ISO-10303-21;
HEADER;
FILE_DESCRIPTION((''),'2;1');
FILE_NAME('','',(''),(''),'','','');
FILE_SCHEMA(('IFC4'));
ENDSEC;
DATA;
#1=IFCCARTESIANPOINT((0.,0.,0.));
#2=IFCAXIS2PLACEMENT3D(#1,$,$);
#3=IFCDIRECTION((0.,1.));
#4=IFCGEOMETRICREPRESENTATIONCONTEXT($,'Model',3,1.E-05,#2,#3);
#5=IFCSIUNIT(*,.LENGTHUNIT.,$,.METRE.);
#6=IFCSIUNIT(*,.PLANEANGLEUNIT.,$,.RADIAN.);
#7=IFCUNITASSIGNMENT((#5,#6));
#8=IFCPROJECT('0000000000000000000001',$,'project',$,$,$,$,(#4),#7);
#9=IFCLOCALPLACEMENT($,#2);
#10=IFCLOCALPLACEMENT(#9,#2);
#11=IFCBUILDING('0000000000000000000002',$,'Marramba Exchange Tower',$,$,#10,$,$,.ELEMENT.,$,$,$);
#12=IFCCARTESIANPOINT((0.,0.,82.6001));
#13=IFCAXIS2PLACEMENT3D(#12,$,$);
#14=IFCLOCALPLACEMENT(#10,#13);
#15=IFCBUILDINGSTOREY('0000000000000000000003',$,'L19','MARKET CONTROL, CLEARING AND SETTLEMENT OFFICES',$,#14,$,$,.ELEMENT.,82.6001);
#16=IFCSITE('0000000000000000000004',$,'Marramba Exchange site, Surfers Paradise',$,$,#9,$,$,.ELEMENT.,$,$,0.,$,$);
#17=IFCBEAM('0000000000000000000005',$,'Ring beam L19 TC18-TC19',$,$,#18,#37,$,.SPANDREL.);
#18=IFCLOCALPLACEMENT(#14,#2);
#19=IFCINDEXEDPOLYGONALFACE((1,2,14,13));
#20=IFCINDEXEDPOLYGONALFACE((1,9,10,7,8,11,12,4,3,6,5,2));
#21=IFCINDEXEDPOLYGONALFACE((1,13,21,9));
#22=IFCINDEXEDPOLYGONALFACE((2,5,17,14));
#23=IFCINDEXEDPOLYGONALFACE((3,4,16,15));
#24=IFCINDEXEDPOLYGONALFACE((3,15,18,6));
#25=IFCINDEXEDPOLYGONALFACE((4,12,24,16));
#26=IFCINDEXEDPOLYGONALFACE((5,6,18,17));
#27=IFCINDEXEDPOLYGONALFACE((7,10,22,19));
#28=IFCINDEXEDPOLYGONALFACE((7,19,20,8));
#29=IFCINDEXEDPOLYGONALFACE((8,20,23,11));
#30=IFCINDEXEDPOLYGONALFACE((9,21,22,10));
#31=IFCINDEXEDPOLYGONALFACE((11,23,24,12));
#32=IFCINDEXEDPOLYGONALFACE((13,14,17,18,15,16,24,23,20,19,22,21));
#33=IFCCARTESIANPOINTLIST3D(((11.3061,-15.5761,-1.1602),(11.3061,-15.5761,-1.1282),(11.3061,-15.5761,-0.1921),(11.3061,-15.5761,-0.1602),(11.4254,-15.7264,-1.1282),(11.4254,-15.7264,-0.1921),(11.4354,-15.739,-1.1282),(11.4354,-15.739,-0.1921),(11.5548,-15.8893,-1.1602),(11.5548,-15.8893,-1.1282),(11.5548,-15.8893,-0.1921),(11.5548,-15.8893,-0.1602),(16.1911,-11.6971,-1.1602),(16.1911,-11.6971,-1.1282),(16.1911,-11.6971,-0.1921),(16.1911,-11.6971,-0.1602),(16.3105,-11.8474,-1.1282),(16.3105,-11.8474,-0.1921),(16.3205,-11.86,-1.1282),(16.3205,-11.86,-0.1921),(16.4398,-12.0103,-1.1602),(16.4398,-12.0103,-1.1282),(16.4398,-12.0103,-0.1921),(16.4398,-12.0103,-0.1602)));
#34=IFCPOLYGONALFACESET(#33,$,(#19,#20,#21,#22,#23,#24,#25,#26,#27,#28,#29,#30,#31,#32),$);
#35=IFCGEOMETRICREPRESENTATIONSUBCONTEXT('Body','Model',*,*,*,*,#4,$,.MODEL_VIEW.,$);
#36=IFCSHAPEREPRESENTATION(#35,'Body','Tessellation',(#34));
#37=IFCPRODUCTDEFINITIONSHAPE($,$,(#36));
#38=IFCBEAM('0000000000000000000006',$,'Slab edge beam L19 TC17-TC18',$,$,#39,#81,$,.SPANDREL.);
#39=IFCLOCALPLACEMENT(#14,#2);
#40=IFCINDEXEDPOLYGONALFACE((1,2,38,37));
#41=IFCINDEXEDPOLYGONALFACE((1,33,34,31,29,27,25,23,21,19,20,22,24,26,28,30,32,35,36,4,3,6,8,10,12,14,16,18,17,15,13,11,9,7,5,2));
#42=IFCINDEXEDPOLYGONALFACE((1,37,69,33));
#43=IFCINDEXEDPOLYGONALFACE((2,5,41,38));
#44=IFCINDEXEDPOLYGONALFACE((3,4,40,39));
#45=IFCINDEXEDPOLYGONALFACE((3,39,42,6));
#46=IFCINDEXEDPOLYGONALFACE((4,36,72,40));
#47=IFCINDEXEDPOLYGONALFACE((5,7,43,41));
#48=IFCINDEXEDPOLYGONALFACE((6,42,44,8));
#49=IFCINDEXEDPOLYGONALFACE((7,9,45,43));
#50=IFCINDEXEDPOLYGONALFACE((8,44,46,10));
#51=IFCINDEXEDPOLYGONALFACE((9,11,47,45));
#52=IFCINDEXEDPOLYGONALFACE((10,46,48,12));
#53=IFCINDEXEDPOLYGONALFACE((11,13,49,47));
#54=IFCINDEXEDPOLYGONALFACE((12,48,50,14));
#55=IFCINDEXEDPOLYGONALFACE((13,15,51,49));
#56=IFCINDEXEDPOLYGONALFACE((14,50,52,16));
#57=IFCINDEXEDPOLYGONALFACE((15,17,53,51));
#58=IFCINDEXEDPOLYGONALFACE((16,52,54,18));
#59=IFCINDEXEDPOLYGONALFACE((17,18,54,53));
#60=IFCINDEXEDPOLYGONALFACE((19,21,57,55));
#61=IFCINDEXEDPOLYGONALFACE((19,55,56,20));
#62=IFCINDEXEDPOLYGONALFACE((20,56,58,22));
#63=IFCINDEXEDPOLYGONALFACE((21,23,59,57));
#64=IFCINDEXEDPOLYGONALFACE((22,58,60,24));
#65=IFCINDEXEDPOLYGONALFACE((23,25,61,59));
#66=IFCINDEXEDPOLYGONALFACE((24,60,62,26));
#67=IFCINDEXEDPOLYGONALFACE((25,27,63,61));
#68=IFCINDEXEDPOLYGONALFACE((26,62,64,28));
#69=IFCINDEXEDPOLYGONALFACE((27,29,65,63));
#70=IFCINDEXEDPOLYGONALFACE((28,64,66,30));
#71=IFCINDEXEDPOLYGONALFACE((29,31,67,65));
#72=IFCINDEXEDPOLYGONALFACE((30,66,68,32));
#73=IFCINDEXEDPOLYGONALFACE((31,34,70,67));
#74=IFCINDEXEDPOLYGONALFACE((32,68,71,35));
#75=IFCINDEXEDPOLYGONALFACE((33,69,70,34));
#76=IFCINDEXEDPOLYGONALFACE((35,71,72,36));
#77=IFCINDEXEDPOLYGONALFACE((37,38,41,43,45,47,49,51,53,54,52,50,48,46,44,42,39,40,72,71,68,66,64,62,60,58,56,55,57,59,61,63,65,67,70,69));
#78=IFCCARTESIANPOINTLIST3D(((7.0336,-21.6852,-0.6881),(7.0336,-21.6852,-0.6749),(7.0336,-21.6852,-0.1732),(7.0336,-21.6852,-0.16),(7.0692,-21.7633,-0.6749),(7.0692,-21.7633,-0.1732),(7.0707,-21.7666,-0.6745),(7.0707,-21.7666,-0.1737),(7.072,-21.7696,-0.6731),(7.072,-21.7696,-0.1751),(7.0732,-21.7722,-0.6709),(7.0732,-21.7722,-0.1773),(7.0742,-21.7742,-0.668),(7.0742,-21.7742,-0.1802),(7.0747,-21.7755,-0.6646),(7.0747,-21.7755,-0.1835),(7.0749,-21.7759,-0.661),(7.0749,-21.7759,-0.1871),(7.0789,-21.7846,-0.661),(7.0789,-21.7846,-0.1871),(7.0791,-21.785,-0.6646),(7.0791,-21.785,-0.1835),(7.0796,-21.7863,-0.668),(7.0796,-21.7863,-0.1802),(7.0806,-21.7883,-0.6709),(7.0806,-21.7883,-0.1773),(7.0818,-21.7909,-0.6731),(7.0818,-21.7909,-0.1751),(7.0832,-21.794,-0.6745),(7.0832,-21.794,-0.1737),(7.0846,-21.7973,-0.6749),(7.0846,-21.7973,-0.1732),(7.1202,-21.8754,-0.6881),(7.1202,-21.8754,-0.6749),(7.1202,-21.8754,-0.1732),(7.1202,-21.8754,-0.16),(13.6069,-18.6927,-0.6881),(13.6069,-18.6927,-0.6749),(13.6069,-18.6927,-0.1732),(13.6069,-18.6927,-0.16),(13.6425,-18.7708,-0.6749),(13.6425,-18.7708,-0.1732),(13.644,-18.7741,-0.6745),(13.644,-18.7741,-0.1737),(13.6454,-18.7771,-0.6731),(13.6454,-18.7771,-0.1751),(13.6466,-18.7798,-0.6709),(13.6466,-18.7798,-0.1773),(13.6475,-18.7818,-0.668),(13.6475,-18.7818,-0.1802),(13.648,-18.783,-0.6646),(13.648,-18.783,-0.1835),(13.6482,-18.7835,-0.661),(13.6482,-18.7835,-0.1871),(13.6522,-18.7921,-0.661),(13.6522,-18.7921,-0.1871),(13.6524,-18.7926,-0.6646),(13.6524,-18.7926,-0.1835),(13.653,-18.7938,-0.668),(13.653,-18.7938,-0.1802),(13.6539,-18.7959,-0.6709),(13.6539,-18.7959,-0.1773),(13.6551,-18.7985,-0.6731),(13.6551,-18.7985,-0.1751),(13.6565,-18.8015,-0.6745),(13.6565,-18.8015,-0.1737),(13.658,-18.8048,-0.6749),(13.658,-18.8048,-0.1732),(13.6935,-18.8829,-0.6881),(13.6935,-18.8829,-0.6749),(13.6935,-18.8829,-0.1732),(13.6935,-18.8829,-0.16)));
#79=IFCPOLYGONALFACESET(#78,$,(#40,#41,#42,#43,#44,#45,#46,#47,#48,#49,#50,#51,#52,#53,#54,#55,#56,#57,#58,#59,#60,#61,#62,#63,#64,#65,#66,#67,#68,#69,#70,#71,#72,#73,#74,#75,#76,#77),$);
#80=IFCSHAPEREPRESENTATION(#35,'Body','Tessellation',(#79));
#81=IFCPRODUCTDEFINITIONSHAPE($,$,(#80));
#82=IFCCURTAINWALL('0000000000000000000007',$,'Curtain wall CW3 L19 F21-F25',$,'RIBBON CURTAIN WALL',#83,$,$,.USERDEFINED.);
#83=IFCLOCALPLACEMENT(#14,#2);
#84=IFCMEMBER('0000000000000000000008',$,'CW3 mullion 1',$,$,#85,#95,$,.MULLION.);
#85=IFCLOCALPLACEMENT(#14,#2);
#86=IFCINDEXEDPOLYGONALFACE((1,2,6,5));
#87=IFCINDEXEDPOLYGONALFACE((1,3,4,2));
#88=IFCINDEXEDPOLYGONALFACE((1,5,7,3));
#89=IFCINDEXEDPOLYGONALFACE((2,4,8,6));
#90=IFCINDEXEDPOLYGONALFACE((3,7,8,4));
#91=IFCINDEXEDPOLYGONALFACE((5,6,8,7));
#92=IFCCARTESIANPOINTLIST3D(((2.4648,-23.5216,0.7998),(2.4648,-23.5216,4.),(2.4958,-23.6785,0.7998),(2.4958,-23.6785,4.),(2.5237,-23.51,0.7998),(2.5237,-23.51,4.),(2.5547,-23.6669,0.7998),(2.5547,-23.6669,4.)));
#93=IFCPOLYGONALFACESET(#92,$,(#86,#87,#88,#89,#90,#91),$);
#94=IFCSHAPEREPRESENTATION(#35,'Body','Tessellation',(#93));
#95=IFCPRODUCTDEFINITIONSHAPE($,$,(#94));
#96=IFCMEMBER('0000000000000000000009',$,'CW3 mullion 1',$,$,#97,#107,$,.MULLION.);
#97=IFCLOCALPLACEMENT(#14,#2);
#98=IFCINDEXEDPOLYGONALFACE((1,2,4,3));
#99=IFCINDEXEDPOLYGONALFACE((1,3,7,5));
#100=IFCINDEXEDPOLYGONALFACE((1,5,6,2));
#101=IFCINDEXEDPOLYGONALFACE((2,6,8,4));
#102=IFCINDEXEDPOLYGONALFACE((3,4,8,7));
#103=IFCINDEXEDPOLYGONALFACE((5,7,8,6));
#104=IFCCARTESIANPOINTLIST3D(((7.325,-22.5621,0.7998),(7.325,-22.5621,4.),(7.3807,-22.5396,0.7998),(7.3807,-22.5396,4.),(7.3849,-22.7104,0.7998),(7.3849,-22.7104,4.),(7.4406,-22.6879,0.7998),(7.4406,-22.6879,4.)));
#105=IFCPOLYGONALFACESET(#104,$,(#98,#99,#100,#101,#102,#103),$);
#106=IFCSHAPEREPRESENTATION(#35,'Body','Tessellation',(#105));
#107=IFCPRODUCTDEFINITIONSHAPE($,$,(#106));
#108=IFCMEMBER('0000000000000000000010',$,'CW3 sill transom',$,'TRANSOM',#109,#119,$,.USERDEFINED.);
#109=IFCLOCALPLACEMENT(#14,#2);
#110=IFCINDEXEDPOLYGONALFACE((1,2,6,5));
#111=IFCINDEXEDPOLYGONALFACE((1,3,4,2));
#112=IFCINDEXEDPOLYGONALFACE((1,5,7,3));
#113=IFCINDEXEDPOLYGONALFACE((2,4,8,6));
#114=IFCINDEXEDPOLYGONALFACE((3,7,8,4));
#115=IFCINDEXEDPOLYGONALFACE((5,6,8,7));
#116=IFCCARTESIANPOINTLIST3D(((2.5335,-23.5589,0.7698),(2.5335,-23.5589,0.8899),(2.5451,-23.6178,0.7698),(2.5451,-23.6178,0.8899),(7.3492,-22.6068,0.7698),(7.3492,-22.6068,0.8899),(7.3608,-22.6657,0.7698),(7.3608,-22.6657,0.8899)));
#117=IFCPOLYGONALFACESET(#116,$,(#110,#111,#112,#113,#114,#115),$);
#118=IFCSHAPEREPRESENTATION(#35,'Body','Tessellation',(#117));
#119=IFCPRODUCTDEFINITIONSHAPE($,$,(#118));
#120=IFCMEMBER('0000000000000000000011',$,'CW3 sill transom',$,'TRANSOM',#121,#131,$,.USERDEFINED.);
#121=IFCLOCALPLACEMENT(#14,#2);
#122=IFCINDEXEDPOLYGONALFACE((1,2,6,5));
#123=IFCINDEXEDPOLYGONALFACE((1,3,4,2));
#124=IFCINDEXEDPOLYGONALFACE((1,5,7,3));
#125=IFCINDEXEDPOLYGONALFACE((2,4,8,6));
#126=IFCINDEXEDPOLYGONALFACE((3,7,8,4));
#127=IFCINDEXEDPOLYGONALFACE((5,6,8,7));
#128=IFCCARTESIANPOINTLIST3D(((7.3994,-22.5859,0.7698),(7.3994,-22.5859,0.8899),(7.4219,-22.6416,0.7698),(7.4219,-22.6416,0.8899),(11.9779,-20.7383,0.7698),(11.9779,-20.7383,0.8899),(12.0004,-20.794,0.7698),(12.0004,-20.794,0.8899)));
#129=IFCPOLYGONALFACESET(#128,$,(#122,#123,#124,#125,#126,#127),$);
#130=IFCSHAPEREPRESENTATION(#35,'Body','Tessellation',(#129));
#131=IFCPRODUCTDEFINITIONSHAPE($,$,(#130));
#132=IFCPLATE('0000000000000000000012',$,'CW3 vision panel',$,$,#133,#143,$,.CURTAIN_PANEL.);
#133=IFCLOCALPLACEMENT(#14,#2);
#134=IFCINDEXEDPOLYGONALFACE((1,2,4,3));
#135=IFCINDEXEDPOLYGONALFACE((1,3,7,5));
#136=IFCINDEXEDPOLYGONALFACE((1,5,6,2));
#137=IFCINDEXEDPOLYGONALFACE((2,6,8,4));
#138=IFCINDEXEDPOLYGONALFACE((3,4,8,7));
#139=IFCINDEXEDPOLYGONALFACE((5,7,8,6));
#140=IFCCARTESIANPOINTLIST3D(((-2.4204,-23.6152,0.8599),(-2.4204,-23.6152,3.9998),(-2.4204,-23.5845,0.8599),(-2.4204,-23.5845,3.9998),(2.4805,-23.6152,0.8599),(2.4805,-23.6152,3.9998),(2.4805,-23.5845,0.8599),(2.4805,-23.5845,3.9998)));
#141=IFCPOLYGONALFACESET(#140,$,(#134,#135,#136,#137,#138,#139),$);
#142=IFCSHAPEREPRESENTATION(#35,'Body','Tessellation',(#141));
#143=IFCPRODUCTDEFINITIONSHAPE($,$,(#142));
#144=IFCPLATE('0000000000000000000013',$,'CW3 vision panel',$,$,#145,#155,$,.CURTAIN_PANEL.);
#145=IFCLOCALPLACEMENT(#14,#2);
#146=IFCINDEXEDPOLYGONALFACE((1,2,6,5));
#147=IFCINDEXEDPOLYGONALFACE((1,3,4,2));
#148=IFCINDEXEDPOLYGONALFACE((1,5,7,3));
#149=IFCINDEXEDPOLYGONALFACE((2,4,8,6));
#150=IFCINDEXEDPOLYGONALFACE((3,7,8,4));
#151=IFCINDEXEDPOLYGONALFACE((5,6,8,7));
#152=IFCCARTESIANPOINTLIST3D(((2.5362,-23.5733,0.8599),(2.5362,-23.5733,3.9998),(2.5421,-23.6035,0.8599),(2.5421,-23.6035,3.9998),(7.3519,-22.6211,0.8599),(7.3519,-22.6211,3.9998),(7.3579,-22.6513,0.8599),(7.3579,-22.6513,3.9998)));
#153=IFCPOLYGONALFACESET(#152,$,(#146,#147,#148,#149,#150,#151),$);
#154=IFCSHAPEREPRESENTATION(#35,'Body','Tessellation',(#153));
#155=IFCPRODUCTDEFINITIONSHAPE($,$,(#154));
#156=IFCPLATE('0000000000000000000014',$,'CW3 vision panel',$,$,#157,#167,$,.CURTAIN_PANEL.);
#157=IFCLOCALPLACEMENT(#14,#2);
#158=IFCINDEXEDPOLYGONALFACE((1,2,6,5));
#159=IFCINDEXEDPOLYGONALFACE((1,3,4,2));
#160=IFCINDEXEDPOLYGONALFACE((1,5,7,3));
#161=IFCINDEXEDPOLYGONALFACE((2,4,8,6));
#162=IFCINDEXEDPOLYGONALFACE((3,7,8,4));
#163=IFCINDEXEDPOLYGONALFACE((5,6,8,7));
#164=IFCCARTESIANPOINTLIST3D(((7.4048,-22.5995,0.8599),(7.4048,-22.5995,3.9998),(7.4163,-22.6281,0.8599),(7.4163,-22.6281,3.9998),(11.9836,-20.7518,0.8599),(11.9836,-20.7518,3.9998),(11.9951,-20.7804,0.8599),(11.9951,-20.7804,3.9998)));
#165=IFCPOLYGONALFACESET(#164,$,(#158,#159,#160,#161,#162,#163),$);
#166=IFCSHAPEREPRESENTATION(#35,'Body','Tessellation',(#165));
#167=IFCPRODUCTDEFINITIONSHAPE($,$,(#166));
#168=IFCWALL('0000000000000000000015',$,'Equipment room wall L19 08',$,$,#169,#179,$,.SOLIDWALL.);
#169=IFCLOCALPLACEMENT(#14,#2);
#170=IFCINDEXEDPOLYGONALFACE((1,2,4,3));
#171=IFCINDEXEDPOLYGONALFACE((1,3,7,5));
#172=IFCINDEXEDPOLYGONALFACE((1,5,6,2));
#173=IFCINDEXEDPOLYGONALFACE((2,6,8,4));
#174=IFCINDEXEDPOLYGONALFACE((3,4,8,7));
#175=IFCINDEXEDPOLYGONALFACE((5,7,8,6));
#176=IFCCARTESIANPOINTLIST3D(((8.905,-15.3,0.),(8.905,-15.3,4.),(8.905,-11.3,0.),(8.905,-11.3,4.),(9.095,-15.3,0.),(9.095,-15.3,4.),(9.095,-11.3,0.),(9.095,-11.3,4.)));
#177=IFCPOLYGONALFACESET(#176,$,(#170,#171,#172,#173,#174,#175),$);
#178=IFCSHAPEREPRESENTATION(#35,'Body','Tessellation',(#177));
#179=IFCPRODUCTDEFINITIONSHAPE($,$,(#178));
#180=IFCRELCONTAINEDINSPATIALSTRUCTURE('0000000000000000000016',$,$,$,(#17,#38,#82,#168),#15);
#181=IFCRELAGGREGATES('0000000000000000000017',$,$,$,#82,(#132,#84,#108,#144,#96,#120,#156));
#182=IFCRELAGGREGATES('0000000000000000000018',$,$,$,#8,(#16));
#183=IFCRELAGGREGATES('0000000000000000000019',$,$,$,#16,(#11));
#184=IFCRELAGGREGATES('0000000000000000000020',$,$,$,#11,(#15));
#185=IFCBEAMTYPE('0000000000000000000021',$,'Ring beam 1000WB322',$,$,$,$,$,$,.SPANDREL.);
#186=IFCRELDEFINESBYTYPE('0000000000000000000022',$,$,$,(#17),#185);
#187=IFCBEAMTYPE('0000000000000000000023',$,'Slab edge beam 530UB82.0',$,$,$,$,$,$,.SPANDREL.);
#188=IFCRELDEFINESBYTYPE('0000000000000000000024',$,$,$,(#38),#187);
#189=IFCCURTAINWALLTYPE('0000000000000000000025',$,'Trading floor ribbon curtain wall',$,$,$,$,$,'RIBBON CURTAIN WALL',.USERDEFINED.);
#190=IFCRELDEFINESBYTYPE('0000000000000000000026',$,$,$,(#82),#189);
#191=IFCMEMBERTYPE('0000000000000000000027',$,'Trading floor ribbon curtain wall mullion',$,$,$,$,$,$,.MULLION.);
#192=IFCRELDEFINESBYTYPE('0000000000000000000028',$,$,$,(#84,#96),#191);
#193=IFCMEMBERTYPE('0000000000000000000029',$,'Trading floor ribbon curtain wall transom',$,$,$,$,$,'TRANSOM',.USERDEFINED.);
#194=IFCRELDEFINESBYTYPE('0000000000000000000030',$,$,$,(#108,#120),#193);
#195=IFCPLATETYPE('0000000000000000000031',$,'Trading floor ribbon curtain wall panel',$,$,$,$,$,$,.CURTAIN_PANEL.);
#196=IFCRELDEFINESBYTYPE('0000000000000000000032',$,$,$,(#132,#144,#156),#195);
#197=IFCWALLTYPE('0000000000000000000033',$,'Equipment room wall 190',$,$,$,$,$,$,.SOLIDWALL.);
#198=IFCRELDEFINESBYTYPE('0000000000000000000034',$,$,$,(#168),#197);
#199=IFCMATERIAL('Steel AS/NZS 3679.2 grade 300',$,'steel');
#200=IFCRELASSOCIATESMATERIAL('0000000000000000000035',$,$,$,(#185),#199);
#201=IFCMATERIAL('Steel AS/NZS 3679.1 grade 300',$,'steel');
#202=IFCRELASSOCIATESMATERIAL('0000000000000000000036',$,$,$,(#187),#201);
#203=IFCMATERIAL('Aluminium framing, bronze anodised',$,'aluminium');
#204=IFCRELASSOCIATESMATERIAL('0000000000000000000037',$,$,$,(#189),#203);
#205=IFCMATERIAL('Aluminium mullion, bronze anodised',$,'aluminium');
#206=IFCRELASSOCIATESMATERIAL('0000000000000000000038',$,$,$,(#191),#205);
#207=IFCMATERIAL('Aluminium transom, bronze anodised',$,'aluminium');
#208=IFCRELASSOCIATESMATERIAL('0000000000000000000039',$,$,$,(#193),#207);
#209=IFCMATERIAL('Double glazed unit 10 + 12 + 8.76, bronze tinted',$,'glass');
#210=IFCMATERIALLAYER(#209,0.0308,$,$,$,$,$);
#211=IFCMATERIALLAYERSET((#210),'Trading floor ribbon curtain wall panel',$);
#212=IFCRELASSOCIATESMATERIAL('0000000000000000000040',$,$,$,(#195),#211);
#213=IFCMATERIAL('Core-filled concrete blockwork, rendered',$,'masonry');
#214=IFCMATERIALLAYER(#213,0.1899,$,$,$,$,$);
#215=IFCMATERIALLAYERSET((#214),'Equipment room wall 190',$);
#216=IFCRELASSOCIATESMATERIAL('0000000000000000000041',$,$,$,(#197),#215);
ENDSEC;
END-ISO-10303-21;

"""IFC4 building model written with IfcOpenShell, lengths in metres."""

from ifc_helpers import new_model, si_unit, direction, frame, frame_2d, origin, origin_2d, place, context, subcontext, project, spatial, rectangle, i_section, extrude, material, layer, layer_set, material_profile, profile_set, type_object, element, aggregate, save


model = new_model("IFC4")

# Units and contexts
model_context = context("Model", 3, precision=1e-05, world=origin(), true_north=direction((0.0, 1.0)))
body_context = subcontext(model_context, "Body", "Model", "MODEL_VIEW")
ifc_project = project(units=[si_unit("LENGTHUNIT", "METRE"), si_unit("PLANEANGLEUNIT", "RADIAN")], contexts=[model_context])

# Site, building, storey
site_placement = place(None, origin())
site = spatial("IfcSite", under=ifc_project, at=site_placement, Name="Marramba Exchange site, Surfers Paradise", CompositionType="ELEMENT", RefElevation=0.0)
building_placement = place(site_placement, origin())
building = spatial("IfcBuilding", under=site, at=building_placement, Name="Marramba Exchange Tower", CompositionType="ELEMENT")
storey_placement = place(building_placement, frame((0.0, 0.0, 82.6001)))
storey = spatial("IfcBuildingStorey", under=building, at=storey_placement, Name="L19", Description="MARKET CONTROL, CLEARING AND SETTLEMENT OFFICES", CompositionType="ELEMENT", Elevation=82.6001)

# Beams
ifc_material_1 = material(Name="Steel AS/NZS 3679.2 grade 300", Category="steel")
ifc_material_2 = material(Name="Steel AS/NZS 3679.1 grade 300", Category="steel")
ifc_material_profile_1 = material_profile(ifc_material_1, i_section(OverallWidth=0.3999, OverallDepth=1.0, WebThickness=0.0161, FlangeThickness=0.032, at=origin_2d()), Name="1000WB322")
ifc_profile_set_1 = profile_set([ifc_material_profile_1], Name="Steel AS/NZS 3679.2 grade 300")
beam_type_1 = type_object("IfcBeamType", Name="Ring beam 1000WB322", PredefinedType="SPANDREL", material=ifc_profile_set_1)
beam_1_placement = place(storey_placement, frame((11.4304, -15.7327, -0.6602), z_axis=(0.783139, 0.621846, 0.0), x_axis=(-0.621846, 0.783139, 0.0)))
element("IfcBeam", 1, at=beam_1_placement, inside=storey, type_object=beam_type_1, Name="Ring beam L19 TC18-TC19", PredefinedType="SPANDREL", context=body_context, shape_type="SweptSolid", body=[
    extrude(i_section(OverallWidth=0.3999, OverallDepth=1.0, WebThickness=0.0161, FlangeThickness=0.032, at=origin_2d()), origin(), (0.0, 0.0, 1.0), 6.2378),
])
ifc_material_profile_2 = material_profile(ifc_material_2, i_section(OverallWidth=0.209, OverallDepth=0.5281, WebThickness=0.0095, FlangeThickness=0.0132, FilletRadius=0.0139, at=origin_2d()), Name="530UB82.0")
ifc_profile_set_2 = profile_set([ifc_material_profile_2], Name="Steel AS/NZS 3679.1 grade 300")
beam_type_2 = type_object("IfcBeamType", Name="Slab edge beam 530UB82.0", PredefinedType="SPANDREL", material=ifc_profile_set_2)
beam_2_placement = place(storey_placement, frame((7.0769, -21.7803, -0.4241), z_axis=(0.910127, 0.41433, 0.0), x_axis=(-0.41433, 0.910127, 0.0)))
element("IfcBeam", 2, at=beam_2_placement, inside=storey, type_object=beam_type_2, Name="Slab edge beam L19 TC17-TC18", PredefinedType="SPANDREL", context=body_context, shape_type="SweptSolid", body=[
    extrude(i_section(OverallWidth=0.209, OverallDepth=0.5281, WebThickness=0.0095, FlangeThickness=0.0132, FilletRadius=0.0139, at=origin_2d()), origin(), (0.0, 0.0, 1.0), 7.2224),
])

# Curtain wall, members, plates
ifc_material_3 = material(Name="Aluminium framing, bronze anodised", Category="aluminium")
curtain_wall_type = type_object("IfcCurtainWallType", Name="Trading floor ribbon curtain wall", ElementType="RIBBON CURTAIN WALL", PredefinedType="USERDEFINED", material=ifc_material_3)
curtain_wall_placement = place(storey_placement, origin())
curtain_wall = element("IfcCurtainWall", 3, at=curtain_wall_placement, inside=storey, type_object=curtain_wall_type, Name="Curtain wall CW3 L19 F21-F25", ObjectType="RIBBON CURTAIN WALL", PredefinedType="USERDEFINED")
ifc_material_4 = material(Name="Aluminium mullion, bronze anodised", Category="aluminium")
ifc_material_profile_3 = material_profile(ifc_material_4, rectangle(XDim=0.1599, YDim=0.0601, at=origin_2d()), Name="CW3 mullion 60x160")
ifc_profile_set_3 = profile_set([ifc_material_profile_3], Name="Aluminium mullion, bronze anodised")
member_type_1 = type_object("IfcMemberType", Name="Trading floor ribbon curtain wall mullion", PredefinedType="MULLION", material=ifc_profile_set_3)
member_1_placement = place(storey_placement, frame((2.5098, -23.5942, 0.7998), z_axis=(0.0, 0.0, 1.0), x_axis=(-0.193961, 0.981009, 0.0)))
member_1 = element("IfcMember", 4, at=member_1_placement, type_object=member_type_1, Name="CW3 mullion 1", PredefinedType="MULLION", context=body_context, shape_type="SweptSolid", body=[
    extrude(rectangle(XDim=0.1599, YDim=0.0601, at=origin_2d()), origin(), (0.0, 0.0, 1.0), 3.2002),
])
member_2_placement = place(storey_placement, frame((7.3828, -22.625, 0.7998), z_axis=(0.0, 0.0, 1.0), x_axis=(-0.374218, 0.927341, 0.0)))
member_2 = element("IfcMember", 5, at=member_2_placement, type_object=member_type_1, Name="CW3 mullion 1", PredefinedType="MULLION", context=body_context, shape_type="SweptSolid", body=[
    extrude(rectangle(XDim=0.1599, YDim=0.0601, at=origin_2d()), origin(), (0.0, 0.0, 1.0), 3.2002),
])
ifc_material_5 = material(Name="Aluminium transom, bronze anodised", Category="aluminium")
ifc_material_profile_4 = material_profile(ifc_material_5, rectangle(XDim=0.0601, YDim=0.1201, at=origin_2d()), Name="CW3 transom 60x120")
ifc_profile_set_4 = profile_set([ifc_material_profile_4], Name="Aluminium transom, bronze anodised")
member_type_2 = type_object("IfcMemberType", Name="Trading floor ribbon curtain wall transom", ElementType="TRANSOM", PredefinedType="USERDEFINED", material=ifc_profile_set_4)
member_3_placement = place(storey_placement, frame((2.5393, -23.5884, 0.8298), z_axis=(0.981009, 0.193964, 0.0), x_axis=(-0.193964, 0.981009, 0.0)))
member_3 = element("IfcMember", 6, at=member_3_placement, type_object=member_type_2, Name="CW3 sill transom", ObjectType="TRANSOM", PredefinedType="USERDEFINED", context=body_context, shape_type="SweptSolid", body=[
    extrude(rectangle(XDim=0.0601, YDim=0.1201, at=origin_2d()), origin(), (0.0, 0.0, 1.0), 4.9089),
])
member_4_placement = place(storey_placement, frame((7.4106, -22.6138, 0.8298), z_axis=(0.92734, 0.374219, 0.0), x_axis=(-0.374219, 0.92734, 0.0)))
member_4 = element("IfcMember", 7, at=member_4_placement, type_object=member_type_2, Name="CW3 sill transom", ObjectType="TRANSOM", PredefinedType="USERDEFINED", context=body_context, shape_type="SweptSolid", body=[
    extrude(rectangle(XDim=0.0601, YDim=0.1201, at=origin_2d()), origin(), (0.0, 0.0, 1.0), 4.9373),
])
ifc_material_6 = material(Name="Double glazed unit 10 + 12 + 8.76, bronze tinted", Category="glass")
ifc_layer_1 = layer(ifc_material_6, 0.0308)
ifc_layer_set_1 = layer_set([ifc_layer_1], Name="Trading floor ribbon curtain wall panel")
plate_type = type_object("IfcPlateType", Name="Trading floor ribbon curtain wall panel", PredefinedType="CURTAIN_PANEL", material=ifc_layer_set_1)
plate_1_placement = place(storey_placement, frame((0.03, -23.5999, 0.8599), z_axis=(0.0, 0.0, 1.0), x_axis=(1.0, 0.0, 0.0)))
plate_1 = element("IfcPlate", 8, at=plate_1_placement, type_object=plate_type, Name="CW3 vision panel", PredefinedType="CURTAIN_PANEL", context=body_context, shape_type="SweptSolid", body=[
    extrude(rectangle(XDim=4.9009, YDim=0.0308, at=origin_2d()), origin(), (0.0, 0.0, 1.0), 3.1399),
])
plate_2_placement = place(storey_placement, frame((4.947, -23.1123, 0.8599), z_axis=(0.0, 0.0, 1.0), x_axis=(0.981009, 0.193961, 0.0)))
plate_2 = element("IfcPlate", 9, at=plate_2_placement, type_object=plate_type, Name="CW3 vision panel", PredefinedType="CURTAIN_PANEL", context=body_context, shape_type="SweptSolid", body=[
    extrude(rectangle(XDim=4.9089, YDim=0.0308, at=origin_2d()), origin(), (0.0, 0.0, 1.0), 3.1399),
])
plate_3_placement = place(storey_placement, frame((9.7, -21.6899, 0.8599), z_axis=(0.0, 0.0, 1.0), x_axis=(0.927341, 0.374218, 0.0)))
plate_3 = element("IfcPlate", 10, at=plate_3_placement, type_object=plate_type, Name="CW3 vision panel", PredefinedType="CURTAIN_PANEL", context=body_context, shape_type="SweptSolid", body=[
    extrude(rectangle(XDim=4.9375, YDim=0.0308, at=origin_2d()), origin(), (0.0, 0.0, 1.0), 3.1399),
])
aggregate(curtain_wall, [plate_1, member_1, member_3, plate_2, member_2, member_4, plate_3])

# Wall
ifc_material_7 = material(Name="Core-filled concrete blockwork, rendered", Category="masonry")
ifc_layer_2 = layer(ifc_material_7, 0.1899)
ifc_layer_set_2 = layer_set([ifc_layer_2], Name="Equipment room wall 190")
wall_type_1 = type_object("IfcWallType", Name="Equipment room wall 190", PredefinedType="SOLIDWALL", material=ifc_layer_set_2)
wall_1_placement = place(storey_placement, frame((9.0, -11.3, 0.0), z_axis=(0.0, 0.0, 1.0), x_axis=(0.0, -1.0, 0.0)))
element("IfcWall", 11, at=wall_1_placement, inside=storey, type_object=wall_type_1, Name="Equipment room wall L19 08", PredefinedType="SOLIDWALL", context=body_context, shape_type="SweptSolid", body=[
    extrude(rectangle(XDim=4.0, YDim=0.1899, at=frame_2d((2.0, 0.0))), origin(), (0.0, 0.0, 1.0), 4.0),
])

save(model, "model.ifc")
